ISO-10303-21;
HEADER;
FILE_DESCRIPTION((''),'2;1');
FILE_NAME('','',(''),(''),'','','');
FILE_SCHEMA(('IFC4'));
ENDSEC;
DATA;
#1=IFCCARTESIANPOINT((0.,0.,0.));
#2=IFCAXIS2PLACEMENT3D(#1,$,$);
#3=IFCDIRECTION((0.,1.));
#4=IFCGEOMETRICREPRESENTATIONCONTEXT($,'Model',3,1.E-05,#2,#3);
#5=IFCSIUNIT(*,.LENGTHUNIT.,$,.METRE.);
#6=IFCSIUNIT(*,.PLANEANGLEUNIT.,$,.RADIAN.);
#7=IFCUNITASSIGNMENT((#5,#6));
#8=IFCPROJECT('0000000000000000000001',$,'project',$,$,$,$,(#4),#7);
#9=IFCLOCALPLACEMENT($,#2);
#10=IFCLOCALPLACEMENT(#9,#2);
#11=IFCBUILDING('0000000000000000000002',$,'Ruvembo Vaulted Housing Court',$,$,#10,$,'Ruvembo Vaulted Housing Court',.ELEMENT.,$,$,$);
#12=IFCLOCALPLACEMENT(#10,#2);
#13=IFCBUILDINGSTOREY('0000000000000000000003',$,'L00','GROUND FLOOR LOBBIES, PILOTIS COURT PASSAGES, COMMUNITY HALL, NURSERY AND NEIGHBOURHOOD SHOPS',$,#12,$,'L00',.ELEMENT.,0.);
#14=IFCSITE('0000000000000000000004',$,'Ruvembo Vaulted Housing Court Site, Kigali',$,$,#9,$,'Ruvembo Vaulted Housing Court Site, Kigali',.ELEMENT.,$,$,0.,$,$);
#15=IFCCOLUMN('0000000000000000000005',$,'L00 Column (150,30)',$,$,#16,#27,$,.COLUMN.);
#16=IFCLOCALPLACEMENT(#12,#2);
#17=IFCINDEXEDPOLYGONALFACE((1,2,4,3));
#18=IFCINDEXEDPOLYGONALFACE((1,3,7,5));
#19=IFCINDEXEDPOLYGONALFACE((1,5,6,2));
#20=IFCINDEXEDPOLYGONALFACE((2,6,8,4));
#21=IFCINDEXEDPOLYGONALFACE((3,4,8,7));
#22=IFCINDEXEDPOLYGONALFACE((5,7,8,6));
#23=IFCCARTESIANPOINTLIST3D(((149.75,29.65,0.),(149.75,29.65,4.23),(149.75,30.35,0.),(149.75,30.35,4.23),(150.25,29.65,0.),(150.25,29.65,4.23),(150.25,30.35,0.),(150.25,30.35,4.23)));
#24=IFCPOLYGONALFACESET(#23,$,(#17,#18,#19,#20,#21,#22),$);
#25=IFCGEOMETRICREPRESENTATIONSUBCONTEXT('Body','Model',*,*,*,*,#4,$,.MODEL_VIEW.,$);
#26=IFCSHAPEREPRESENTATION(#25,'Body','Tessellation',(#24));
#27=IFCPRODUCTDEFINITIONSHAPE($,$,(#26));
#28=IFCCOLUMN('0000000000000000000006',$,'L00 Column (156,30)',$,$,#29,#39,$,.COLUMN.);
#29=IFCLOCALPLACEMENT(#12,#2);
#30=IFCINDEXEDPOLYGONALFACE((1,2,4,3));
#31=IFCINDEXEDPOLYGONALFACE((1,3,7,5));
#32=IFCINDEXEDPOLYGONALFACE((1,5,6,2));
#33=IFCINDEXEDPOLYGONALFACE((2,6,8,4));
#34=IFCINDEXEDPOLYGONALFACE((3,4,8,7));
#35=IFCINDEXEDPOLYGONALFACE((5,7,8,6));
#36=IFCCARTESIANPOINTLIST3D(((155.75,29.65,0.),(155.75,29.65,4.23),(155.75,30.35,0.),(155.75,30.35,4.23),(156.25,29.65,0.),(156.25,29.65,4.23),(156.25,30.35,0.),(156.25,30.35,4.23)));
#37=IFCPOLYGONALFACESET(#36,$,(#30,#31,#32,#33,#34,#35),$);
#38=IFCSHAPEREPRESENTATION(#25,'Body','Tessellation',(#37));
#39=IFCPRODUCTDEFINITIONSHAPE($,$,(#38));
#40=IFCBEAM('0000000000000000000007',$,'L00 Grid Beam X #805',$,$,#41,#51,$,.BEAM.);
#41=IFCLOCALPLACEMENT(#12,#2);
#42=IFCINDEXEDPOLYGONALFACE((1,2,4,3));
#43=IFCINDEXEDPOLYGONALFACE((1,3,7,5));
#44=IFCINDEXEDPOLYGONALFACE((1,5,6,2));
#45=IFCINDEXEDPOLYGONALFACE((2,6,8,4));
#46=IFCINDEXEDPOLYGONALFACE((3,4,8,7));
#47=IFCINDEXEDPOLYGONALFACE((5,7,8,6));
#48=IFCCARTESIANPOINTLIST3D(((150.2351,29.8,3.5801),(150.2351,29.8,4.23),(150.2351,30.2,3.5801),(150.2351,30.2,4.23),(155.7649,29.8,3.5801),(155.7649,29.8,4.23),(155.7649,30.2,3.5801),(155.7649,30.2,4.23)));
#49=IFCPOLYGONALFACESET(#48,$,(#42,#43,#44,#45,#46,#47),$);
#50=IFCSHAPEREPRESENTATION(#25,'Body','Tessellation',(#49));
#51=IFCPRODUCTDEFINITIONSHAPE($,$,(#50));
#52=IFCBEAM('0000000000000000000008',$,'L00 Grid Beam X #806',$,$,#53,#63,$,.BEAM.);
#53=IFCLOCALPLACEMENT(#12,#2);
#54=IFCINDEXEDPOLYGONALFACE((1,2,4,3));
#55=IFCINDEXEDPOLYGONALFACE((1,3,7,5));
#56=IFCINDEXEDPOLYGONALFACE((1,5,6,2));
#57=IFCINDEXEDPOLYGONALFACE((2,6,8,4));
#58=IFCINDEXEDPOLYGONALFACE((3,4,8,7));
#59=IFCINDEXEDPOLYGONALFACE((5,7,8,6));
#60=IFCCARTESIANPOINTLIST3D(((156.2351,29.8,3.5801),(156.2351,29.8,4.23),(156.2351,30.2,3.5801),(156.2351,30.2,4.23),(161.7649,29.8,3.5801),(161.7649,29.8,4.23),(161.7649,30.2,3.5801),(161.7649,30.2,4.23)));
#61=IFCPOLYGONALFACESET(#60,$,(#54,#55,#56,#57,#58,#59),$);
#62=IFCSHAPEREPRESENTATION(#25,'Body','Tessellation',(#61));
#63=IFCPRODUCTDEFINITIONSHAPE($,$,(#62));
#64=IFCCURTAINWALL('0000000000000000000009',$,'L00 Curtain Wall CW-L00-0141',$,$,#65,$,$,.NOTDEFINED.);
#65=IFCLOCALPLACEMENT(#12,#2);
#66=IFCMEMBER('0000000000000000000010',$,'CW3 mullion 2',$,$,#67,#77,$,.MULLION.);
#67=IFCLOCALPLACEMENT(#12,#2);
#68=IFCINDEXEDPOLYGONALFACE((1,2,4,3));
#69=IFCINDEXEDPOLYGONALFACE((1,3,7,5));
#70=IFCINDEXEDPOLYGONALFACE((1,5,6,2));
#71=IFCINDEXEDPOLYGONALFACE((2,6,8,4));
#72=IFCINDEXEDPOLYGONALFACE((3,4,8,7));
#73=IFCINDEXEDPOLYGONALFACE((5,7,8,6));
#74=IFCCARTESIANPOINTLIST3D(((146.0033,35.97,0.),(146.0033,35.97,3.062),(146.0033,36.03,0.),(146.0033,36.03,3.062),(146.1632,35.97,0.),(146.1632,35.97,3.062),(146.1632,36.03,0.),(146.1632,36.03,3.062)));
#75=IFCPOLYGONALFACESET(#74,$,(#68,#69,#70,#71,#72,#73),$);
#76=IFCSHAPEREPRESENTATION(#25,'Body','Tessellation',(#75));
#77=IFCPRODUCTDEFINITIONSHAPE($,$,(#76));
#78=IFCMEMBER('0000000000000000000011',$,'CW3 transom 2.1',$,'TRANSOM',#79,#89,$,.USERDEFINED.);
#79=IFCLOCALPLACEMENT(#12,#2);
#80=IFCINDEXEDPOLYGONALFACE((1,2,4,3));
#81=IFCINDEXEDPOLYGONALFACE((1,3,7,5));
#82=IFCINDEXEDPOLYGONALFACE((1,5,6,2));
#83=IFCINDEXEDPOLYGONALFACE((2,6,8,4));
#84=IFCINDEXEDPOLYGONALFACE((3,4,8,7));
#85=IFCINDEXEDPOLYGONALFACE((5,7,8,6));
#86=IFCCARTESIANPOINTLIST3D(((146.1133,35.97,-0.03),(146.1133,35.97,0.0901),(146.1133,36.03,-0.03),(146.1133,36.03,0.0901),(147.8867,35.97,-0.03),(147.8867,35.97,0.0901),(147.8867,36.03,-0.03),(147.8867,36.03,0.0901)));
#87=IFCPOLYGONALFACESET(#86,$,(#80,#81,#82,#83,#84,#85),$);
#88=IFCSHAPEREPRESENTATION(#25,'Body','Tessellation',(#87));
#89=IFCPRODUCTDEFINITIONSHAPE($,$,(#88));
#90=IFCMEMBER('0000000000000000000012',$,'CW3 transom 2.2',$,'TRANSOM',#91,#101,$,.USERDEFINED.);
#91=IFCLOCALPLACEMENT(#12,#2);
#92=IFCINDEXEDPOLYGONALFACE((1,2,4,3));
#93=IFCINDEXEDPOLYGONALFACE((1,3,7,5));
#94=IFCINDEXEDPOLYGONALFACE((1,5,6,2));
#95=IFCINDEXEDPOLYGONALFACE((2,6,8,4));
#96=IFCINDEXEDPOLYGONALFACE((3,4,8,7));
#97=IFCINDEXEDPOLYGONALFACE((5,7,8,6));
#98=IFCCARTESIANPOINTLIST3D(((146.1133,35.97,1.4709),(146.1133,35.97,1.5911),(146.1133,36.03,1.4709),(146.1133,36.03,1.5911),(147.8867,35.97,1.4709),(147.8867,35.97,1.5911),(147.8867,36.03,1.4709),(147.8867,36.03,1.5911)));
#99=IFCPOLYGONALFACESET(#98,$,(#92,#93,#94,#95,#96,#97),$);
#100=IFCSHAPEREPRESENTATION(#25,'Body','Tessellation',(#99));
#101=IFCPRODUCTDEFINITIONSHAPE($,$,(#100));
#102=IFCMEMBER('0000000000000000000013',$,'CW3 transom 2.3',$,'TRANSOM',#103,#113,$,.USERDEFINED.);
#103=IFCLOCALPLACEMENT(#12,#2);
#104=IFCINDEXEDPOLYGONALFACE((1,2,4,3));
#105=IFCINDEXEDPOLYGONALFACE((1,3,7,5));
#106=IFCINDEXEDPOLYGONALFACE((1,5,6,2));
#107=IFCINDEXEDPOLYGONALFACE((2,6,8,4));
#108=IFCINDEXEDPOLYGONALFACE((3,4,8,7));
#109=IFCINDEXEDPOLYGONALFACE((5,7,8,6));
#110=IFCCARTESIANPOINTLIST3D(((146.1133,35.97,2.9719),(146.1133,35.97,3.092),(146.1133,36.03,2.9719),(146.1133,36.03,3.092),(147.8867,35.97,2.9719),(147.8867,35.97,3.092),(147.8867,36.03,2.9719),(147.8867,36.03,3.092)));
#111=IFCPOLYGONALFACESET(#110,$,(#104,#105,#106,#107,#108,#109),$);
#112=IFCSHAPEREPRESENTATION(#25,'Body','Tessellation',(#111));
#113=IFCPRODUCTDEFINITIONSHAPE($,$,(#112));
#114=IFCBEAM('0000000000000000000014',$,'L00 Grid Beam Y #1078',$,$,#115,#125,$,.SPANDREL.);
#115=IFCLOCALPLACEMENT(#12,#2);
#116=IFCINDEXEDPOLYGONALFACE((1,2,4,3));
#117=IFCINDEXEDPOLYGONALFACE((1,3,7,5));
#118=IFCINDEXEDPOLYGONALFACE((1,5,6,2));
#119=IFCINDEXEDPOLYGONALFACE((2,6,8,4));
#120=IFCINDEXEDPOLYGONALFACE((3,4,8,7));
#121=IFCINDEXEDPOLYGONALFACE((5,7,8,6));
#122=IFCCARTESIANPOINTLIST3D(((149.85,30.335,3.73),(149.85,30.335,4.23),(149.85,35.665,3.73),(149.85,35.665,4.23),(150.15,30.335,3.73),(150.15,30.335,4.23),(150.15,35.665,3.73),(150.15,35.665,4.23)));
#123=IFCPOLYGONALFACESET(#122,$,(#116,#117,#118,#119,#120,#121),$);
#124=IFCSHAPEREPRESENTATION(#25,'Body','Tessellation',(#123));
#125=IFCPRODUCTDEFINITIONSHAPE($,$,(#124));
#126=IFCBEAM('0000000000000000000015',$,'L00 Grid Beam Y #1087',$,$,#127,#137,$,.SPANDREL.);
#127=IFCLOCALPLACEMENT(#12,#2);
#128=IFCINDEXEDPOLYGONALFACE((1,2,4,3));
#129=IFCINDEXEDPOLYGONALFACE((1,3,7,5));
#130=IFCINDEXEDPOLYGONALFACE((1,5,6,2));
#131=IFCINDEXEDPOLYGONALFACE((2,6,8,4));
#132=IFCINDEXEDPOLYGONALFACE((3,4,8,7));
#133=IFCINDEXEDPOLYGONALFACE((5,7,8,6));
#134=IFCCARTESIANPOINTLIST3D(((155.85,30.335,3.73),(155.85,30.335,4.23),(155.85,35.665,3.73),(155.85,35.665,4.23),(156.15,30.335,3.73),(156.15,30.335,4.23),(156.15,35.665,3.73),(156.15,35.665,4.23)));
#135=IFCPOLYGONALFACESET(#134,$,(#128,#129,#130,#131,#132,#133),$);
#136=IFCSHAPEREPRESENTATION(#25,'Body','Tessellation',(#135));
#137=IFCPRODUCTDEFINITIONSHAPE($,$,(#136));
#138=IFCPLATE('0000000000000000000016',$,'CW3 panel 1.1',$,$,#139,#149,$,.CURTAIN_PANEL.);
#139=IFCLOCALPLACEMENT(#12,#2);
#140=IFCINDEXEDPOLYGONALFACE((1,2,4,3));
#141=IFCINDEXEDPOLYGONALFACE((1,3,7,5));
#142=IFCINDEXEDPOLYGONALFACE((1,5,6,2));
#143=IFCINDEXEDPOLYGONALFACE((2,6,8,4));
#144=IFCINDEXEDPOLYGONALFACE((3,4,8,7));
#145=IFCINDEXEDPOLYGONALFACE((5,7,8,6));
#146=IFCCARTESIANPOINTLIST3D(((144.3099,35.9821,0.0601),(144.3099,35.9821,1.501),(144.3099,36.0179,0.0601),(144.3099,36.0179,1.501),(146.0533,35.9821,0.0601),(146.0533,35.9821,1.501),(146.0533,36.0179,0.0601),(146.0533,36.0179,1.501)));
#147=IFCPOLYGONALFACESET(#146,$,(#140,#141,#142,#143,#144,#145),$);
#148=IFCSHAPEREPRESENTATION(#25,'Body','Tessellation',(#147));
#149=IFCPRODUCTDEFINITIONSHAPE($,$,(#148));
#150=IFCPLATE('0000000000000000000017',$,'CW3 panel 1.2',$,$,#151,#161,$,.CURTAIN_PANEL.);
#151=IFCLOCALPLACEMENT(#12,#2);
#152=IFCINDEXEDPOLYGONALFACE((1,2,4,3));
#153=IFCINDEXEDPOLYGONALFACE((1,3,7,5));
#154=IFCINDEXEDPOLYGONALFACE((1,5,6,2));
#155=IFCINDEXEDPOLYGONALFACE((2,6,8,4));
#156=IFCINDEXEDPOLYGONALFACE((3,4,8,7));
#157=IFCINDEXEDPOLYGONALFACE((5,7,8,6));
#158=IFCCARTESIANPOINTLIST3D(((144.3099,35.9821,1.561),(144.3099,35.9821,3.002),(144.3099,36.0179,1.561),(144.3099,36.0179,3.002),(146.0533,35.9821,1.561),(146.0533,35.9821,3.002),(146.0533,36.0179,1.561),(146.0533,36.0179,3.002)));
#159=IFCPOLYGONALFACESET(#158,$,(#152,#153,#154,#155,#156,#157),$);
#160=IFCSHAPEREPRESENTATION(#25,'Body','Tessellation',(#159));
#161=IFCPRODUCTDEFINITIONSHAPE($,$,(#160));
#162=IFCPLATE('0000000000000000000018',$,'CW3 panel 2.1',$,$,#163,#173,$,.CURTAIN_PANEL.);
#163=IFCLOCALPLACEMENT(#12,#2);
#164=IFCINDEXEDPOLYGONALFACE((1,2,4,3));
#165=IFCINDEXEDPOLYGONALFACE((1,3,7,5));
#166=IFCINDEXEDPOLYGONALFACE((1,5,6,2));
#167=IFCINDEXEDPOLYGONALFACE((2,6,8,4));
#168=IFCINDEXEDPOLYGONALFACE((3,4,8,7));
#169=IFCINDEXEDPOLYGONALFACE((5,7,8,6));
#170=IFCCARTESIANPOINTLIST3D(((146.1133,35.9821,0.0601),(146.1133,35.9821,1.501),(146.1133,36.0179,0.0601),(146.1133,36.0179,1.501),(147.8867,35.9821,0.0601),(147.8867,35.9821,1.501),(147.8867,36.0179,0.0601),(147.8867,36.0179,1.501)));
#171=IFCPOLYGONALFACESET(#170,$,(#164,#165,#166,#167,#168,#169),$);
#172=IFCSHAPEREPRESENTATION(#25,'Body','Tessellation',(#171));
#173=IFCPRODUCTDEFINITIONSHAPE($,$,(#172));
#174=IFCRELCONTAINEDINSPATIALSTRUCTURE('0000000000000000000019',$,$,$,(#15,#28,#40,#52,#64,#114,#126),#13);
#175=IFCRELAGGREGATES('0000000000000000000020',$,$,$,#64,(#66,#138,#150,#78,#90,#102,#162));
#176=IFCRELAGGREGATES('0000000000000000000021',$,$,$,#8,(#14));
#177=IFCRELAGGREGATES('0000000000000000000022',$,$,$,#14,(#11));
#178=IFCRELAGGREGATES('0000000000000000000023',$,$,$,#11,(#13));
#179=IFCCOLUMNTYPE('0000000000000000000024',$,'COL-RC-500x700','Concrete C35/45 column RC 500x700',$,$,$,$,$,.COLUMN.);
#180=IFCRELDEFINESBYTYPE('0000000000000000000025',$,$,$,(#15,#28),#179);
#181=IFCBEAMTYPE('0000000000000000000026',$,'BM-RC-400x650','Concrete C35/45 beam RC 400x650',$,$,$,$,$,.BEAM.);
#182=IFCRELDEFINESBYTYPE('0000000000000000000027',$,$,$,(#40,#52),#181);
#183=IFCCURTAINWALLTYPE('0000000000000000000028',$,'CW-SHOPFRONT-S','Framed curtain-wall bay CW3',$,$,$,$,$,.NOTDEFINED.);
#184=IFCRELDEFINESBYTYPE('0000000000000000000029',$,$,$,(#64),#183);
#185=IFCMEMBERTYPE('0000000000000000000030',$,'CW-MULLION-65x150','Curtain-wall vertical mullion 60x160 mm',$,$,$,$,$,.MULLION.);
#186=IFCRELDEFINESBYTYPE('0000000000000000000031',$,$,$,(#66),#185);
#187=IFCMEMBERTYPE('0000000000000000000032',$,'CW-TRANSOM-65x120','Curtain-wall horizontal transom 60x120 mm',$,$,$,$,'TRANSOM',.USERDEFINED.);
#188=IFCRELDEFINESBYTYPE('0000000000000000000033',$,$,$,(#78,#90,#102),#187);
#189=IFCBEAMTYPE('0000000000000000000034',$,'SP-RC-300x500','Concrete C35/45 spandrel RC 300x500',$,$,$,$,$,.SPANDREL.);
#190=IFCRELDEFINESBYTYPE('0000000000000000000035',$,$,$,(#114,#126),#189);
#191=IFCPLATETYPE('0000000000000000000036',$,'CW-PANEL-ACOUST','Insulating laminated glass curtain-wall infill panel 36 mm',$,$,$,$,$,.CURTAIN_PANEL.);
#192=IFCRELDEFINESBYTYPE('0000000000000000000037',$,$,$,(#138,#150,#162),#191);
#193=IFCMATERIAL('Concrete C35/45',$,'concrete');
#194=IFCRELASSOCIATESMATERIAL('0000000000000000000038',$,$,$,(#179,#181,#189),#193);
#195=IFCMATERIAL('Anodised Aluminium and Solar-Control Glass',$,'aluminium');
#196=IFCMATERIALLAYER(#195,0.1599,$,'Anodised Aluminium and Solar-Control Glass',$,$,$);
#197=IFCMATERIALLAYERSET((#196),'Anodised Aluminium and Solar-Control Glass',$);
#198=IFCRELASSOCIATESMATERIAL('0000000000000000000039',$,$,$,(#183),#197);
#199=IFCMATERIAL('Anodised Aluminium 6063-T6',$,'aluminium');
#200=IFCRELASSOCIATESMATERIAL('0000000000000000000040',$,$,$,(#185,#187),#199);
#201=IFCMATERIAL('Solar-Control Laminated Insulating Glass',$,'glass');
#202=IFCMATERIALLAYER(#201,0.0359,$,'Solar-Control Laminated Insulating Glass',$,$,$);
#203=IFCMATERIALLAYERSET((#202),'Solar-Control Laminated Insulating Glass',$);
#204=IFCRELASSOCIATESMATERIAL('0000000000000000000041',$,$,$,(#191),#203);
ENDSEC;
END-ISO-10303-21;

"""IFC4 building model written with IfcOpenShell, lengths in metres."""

from ifc_helpers import new_model, si_unit, direction, frame, origin, origin_2d, place, context, subcontext, project, spatial, rectangle, extrude, material, layer, layer_set, material_profile, profile_set, type_object, element, aggregate, save


model = new_model("IFC4")

# Units and contexts
model_context = context("Model", 3, precision=1e-05, world=origin(), true_north=direction((0.0, 1.0)))
body_context = subcontext(model_context, "Body", "Model", "MODEL_VIEW")
ifc_project = project(units=[si_unit("LENGTHUNIT", "METRE"), si_unit("PLANEANGLEUNIT", "RADIAN")], contexts=[model_context])

# Site, building, storey
site_placement = place(None, origin())
site = spatial("IfcSite", under=ifc_project, at=site_placement, Name="Ruvembo Vaulted Housing Court Site, Kigali", LongName="Ruvembo Vaulted Housing Court Site, Kigali", CompositionType="ELEMENT", RefElevation=0.0)
building_placement = place(site_placement, origin())
building = spatial("IfcBuilding", under=site, at=building_placement, Name="Ruvembo Vaulted Housing Court", LongName="Ruvembo Vaulted Housing Court", CompositionType="ELEMENT")
storey_placement = place(building_placement, origin())
storey = spatial("IfcBuildingStorey", under=building, at=storey_placement, Name="L00", Description="GROUND FLOOR LOBBIES, PILOTIS COURT PASSAGES, COMMUNITY HALL, NURSERY AND NEIGHBOURHOOD SHOPS", LongName="L00", CompositionType="ELEMENT", Elevation=0.0)

# Columns
ifc_material_1 = material(Name="Concrete C35/45", Category="concrete")
ifc_material_profile_1 = material_profile(ifc_material_1, rectangle(XDim=0.5, YDim=0.7, at=origin_2d()), Name="RC 500x700")
ifc_profile_set_1 = profile_set([ifc_material_profile_1], Name="Concrete C35/45")
column_type = type_object("IfcColumnType", Name="COL-RC-500x700", Description="Concrete C35/45 column RC 500x700", PredefinedType="COLUMN", material=ifc_profile_set_1)
for number, where, z_axis, x_axis, name in (
    (1, (150.0, 30.0, 0.0), (0.0, 0.0, 1.0), (1.0, 0.0, 0.0), "L00 Column (150,30)"),
    (2, (156.0, 30.0, 0.0), (0.0, 0.0, 1.0), (1.0, 0.0, 0.0), "L00 Column (156,30)"),
):
    element("IfcColumn", number, at=place(storey_placement, frame(where, z_axis=z_axis, x_axis=x_axis)), inside=storey, type_object=column_type, Name=name, PredefinedType="COLUMN", context=body_context, shape_type="SweptSolid", body=[
        extrude(rectangle(XDim=0.5, YDim=0.7, at=origin_2d()), origin(), (0.0, 0.0, 1.0), 4.23),
    ])

# Beams
ifc_material_profile_2 = material_profile(ifc_material_1, rectangle(XDim=0.3999, YDim=0.6499, at=origin_2d()), Name="RC 400x650")
ifc_profile_set_2 = profile_set([ifc_material_profile_2], Name="Concrete C35/45")
beam_type_1 = type_object("IfcBeamType", Name="BM-RC-400x650", Description="Concrete C35/45 beam RC 400x650", PredefinedType="BEAM", material=ifc_profile_set_2)
for number, where, z_axis, x_axis, name in (
    (3, (150.2351, 30.0, 3.905), (1.0, 0.0, 0.0), (0.0, 1.0, 0.0), "L00 Grid Beam X #805"),
    (4, (156.2351, 30.0, 3.905), (1.0, 0.0, 0.0), (0.0, 1.0, 0.0), "L00 Grid Beam X #806"),
):
    element("IfcBeam", number, at=place(storey_placement, frame(where, z_axis=z_axis, x_axis=x_axis)), inside=storey, type_object=beam_type_1, Name=name, PredefinedType="BEAM", context=body_context, shape_type="SweptSolid", body=[
        extrude(rectangle(XDim=0.3999, YDim=0.6499, at=origin_2d()), origin(), (0.0, 0.0, 1.0), 5.5298),
    ])

# Curtain wall, members
ifc_material_2 = material(Name="Anodised Aluminium and Solar-Control Glass", Category="aluminium")
ifc_layer_1 = layer(ifc_material_2, 0.1599, Name="Anodised Aluminium and Solar-Control Glass")
ifc_layer_set_1 = layer_set([ifc_layer_1], Name="Anodised Aluminium and Solar-Control Glass")
curtain_wall_type = type_object("IfcCurtainWallType", Name="CW-SHOPFRONT-S", Description="Framed curtain-wall bay CW3", PredefinedType="NOTDEFINED", material=ifc_layer_set_1)
curtain_wall_placement = place(storey_placement, origin())
curtain_wall = element("IfcCurtainWall", 5, at=curtain_wall_placement, inside=storey, type_object=curtain_wall_type, Name="L00 Curtain Wall CW-L00-0141", PredefinedType="NOTDEFINED")
ifc_material_3 = material(Name="Anodised Aluminium 6063-T6", Category="aluminium")
ifc_material_profile_3 = material_profile(ifc_material_3, rectangle(XDim=0.0601, YDim=0.1599, at=origin_2d()), Name="ALU 60x160")
ifc_profile_set_3 = profile_set([ifc_material_profile_3], Name="Anodised Aluminium 6063-T6")
member_type_1 = type_object("IfcMemberType", Name="CW-MULLION-65x150", Description="Curtain-wall vertical mullion 60x160 mm", PredefinedType="MULLION", material=ifc_profile_set_3)
member_1_placement = place(storey_placement, frame((146.0833, 36.0, 0.0), z_axis=(0.0, 0.0, 1.0), x_axis=(0.0, 1.0, 0.0)))
member_1 = element("IfcMember", 6, at=member_1_placement, type_object=member_type_1, Name="CW3 mullion 2", PredefinedType="MULLION", context=body_context, shape_type="SweptSolid", body=[
    extrude(rectangle(XDim=0.0601, YDim=0.1599, at=origin_2d()), origin(), (0.0, 0.0, 1.0), 3.062),
])
ifc_material_profile_4 = material_profile(ifc_material_3, rectangle(XDim=0.0601, YDim=0.1201, at=origin_2d()), Name="ALU 60x120")
ifc_profile_set_4 = profile_set([ifc_material_profile_4], Name="Anodised Aluminium 6063-T6")
member_type_2 = type_object("IfcMemberType", Name="CW-TRANSOM-65x120", Description="Curtain-wall horizontal transom 60x120 mm", ElementType="TRANSOM", PredefinedType="USERDEFINED", material=ifc_profile_set_4)
member_2_placement = place(storey_placement, frame((146.1133, 36.0, 0.03), z_axis=(1.0, 0.0, 0.0), x_axis=(0.0, 1.0, 0.0)))
member_2 = element("IfcMember", 7, at=member_2_placement, type_object=member_type_2, Name="CW3 transom 2.1", ObjectType="TRANSOM", PredefinedType="USERDEFINED", context=body_context, shape_type="SweptSolid", body=[
    extrude(rectangle(XDim=0.0601, YDim=0.1201, at=origin_2d()), origin(), (0.0, 0.0, 1.0), 1.7734),
])
member_3_placement = place(storey_placement, frame((146.1133, 36.0, 1.531), z_axis=(1.0, 0.0, 0.0), x_axis=(0.0, 1.0, 0.0)))
member_3 = element("IfcMember", 8, at=member_3_placement, type_object=member_type_2, Name="CW3 transom 2.2", ObjectType="TRANSOM", PredefinedType="USERDEFINED", context=body_context, shape_type="SweptSolid", body=[
    extrude(rectangle(XDim=0.0601, YDim=0.1201, at=origin_2d()), origin(), (0.0, 0.0, 1.0), 1.7734),
])
member_4_placement = place(storey_placement, frame((146.1133, 36.0, 3.032), z_axis=(1.0, 0.0, 0.0), x_axis=(0.0, 1.0, 0.0)))
member_4 = element("IfcMember", 9, at=member_4_placement, type_object=member_type_2, Name="CW3 transom 2.3", ObjectType="TRANSOM", PredefinedType="USERDEFINED", context=body_context, shape_type="SweptSolid", body=[
    extrude(rectangle(XDim=0.0601, YDim=0.1201, at=origin_2d()), origin(), (0.0, 0.0, 1.0), 1.7734),
])

# Beams
ifc_material_profile_5 = material_profile(ifc_material_1, rectangle(XDim=0.3, YDim=0.5, at=origin_2d()), Name="RC 300x500")
ifc_profile_set_5 = profile_set([ifc_material_profile_5], Name="Concrete C35/45")
beam_type_2 = type_object("IfcBeamType", Name="SP-RC-300x500", Description="Concrete C35/45 spandrel RC 300x500", PredefinedType="SPANDREL", material=ifc_profile_set_5)
for number, where, z_axis, x_axis, name in (
    (10, (150.0, 30.335, 3.98), (0.0, 1.0, 0.0), (-1.0, 0.0, 0.0), "L00 Grid Beam Y #1078"),
    (11, (156.0, 30.335, 3.98), (0.0, 1.0, 0.0), (-1.0, 0.0, 0.0), "L00 Grid Beam Y #1087"),
):
    element("IfcBeam", number, at=place(storey_placement, frame(where, z_axis=z_axis, x_axis=x_axis)), inside=storey, type_object=beam_type_2, Name=name, PredefinedType="SPANDREL", context=body_context, shape_type="SweptSolid", body=[
        extrude(rectangle(XDim=0.3, YDim=0.5, at=origin_2d()), origin(), (0.0, 0.0, 1.0), 5.3301),
    ])

# Plates
ifc_material_4 = material(Name="Solar-Control Laminated Insulating Glass", Category="glass")
ifc_layer_2 = layer(ifc_material_4, 0.0359, Name="Solar-Control Laminated Insulating Glass")
ifc_layer_set_2 = layer_set([ifc_layer_2], Name="Solar-Control Laminated Insulating Glass")
plate_type = type_object("IfcPlateType", Name="CW-PANEL-ACOUST", Description="Insulating laminated glass curtain-wall infill panel 36 mm", PredefinedType="CURTAIN_PANEL", material=ifc_layer_set_2)
plate_1_placement = place(storey_placement, frame((145.1816, 36.0, 0.0601), z_axis=(0.0, 0.0, 1.0), x_axis=(1.0, 0.0, 0.0)))
plate_1 = element("IfcPlate", 12, at=plate_1_placement, type_object=plate_type, Name="CW3 panel 1.1", PredefinedType="CURTAIN_PANEL", context=body_context, shape_type="SweptSolid", body=[
    extrude(rectangle(XDim=1.7434, YDim=0.0359, at=origin_2d()), origin(), (0.0, 0.0, 1.0), 1.4409),
])
plate_2_placement = place(storey_placement, frame((145.1816, 36.0, 1.561), z_axis=(0.0, 0.0, 1.0), x_axis=(1.0, 0.0, 0.0)))
plate_2 = element("IfcPlate", 13, at=plate_2_placement, type_object=plate_type, Name="CW3 panel 1.2", PredefinedType="CURTAIN_PANEL", context=body_context, shape_type="SweptSolid", body=[
    extrude(rectangle(XDim=1.7434, YDim=0.0359, at=origin_2d()), origin(), (0.0, 0.0, 1.0), 1.4409),
])
plate_3_placement = place(storey_placement, frame((147.0, 36.0, 0.0601), z_axis=(0.0, 0.0, 1.0), x_axis=(1.0, 0.0, 0.0)))
plate_3 = element("IfcPlate", 14, at=plate_3_placement, type_object=plate_type, Name="CW3 panel 2.1", PredefinedType="CURTAIN_PANEL", context=body_context, shape_type="SweptSolid", body=[
    extrude(rectangle(XDim=1.7734, YDim=0.0359, at=origin_2d()), origin(), (0.0, 0.0, 1.0), 1.4409),
])
aggregate(curtain_wall, [member_1, plate_1, plate_2, member_2, member_3, member_4, plate_3])

save(model, "model.ifc")
